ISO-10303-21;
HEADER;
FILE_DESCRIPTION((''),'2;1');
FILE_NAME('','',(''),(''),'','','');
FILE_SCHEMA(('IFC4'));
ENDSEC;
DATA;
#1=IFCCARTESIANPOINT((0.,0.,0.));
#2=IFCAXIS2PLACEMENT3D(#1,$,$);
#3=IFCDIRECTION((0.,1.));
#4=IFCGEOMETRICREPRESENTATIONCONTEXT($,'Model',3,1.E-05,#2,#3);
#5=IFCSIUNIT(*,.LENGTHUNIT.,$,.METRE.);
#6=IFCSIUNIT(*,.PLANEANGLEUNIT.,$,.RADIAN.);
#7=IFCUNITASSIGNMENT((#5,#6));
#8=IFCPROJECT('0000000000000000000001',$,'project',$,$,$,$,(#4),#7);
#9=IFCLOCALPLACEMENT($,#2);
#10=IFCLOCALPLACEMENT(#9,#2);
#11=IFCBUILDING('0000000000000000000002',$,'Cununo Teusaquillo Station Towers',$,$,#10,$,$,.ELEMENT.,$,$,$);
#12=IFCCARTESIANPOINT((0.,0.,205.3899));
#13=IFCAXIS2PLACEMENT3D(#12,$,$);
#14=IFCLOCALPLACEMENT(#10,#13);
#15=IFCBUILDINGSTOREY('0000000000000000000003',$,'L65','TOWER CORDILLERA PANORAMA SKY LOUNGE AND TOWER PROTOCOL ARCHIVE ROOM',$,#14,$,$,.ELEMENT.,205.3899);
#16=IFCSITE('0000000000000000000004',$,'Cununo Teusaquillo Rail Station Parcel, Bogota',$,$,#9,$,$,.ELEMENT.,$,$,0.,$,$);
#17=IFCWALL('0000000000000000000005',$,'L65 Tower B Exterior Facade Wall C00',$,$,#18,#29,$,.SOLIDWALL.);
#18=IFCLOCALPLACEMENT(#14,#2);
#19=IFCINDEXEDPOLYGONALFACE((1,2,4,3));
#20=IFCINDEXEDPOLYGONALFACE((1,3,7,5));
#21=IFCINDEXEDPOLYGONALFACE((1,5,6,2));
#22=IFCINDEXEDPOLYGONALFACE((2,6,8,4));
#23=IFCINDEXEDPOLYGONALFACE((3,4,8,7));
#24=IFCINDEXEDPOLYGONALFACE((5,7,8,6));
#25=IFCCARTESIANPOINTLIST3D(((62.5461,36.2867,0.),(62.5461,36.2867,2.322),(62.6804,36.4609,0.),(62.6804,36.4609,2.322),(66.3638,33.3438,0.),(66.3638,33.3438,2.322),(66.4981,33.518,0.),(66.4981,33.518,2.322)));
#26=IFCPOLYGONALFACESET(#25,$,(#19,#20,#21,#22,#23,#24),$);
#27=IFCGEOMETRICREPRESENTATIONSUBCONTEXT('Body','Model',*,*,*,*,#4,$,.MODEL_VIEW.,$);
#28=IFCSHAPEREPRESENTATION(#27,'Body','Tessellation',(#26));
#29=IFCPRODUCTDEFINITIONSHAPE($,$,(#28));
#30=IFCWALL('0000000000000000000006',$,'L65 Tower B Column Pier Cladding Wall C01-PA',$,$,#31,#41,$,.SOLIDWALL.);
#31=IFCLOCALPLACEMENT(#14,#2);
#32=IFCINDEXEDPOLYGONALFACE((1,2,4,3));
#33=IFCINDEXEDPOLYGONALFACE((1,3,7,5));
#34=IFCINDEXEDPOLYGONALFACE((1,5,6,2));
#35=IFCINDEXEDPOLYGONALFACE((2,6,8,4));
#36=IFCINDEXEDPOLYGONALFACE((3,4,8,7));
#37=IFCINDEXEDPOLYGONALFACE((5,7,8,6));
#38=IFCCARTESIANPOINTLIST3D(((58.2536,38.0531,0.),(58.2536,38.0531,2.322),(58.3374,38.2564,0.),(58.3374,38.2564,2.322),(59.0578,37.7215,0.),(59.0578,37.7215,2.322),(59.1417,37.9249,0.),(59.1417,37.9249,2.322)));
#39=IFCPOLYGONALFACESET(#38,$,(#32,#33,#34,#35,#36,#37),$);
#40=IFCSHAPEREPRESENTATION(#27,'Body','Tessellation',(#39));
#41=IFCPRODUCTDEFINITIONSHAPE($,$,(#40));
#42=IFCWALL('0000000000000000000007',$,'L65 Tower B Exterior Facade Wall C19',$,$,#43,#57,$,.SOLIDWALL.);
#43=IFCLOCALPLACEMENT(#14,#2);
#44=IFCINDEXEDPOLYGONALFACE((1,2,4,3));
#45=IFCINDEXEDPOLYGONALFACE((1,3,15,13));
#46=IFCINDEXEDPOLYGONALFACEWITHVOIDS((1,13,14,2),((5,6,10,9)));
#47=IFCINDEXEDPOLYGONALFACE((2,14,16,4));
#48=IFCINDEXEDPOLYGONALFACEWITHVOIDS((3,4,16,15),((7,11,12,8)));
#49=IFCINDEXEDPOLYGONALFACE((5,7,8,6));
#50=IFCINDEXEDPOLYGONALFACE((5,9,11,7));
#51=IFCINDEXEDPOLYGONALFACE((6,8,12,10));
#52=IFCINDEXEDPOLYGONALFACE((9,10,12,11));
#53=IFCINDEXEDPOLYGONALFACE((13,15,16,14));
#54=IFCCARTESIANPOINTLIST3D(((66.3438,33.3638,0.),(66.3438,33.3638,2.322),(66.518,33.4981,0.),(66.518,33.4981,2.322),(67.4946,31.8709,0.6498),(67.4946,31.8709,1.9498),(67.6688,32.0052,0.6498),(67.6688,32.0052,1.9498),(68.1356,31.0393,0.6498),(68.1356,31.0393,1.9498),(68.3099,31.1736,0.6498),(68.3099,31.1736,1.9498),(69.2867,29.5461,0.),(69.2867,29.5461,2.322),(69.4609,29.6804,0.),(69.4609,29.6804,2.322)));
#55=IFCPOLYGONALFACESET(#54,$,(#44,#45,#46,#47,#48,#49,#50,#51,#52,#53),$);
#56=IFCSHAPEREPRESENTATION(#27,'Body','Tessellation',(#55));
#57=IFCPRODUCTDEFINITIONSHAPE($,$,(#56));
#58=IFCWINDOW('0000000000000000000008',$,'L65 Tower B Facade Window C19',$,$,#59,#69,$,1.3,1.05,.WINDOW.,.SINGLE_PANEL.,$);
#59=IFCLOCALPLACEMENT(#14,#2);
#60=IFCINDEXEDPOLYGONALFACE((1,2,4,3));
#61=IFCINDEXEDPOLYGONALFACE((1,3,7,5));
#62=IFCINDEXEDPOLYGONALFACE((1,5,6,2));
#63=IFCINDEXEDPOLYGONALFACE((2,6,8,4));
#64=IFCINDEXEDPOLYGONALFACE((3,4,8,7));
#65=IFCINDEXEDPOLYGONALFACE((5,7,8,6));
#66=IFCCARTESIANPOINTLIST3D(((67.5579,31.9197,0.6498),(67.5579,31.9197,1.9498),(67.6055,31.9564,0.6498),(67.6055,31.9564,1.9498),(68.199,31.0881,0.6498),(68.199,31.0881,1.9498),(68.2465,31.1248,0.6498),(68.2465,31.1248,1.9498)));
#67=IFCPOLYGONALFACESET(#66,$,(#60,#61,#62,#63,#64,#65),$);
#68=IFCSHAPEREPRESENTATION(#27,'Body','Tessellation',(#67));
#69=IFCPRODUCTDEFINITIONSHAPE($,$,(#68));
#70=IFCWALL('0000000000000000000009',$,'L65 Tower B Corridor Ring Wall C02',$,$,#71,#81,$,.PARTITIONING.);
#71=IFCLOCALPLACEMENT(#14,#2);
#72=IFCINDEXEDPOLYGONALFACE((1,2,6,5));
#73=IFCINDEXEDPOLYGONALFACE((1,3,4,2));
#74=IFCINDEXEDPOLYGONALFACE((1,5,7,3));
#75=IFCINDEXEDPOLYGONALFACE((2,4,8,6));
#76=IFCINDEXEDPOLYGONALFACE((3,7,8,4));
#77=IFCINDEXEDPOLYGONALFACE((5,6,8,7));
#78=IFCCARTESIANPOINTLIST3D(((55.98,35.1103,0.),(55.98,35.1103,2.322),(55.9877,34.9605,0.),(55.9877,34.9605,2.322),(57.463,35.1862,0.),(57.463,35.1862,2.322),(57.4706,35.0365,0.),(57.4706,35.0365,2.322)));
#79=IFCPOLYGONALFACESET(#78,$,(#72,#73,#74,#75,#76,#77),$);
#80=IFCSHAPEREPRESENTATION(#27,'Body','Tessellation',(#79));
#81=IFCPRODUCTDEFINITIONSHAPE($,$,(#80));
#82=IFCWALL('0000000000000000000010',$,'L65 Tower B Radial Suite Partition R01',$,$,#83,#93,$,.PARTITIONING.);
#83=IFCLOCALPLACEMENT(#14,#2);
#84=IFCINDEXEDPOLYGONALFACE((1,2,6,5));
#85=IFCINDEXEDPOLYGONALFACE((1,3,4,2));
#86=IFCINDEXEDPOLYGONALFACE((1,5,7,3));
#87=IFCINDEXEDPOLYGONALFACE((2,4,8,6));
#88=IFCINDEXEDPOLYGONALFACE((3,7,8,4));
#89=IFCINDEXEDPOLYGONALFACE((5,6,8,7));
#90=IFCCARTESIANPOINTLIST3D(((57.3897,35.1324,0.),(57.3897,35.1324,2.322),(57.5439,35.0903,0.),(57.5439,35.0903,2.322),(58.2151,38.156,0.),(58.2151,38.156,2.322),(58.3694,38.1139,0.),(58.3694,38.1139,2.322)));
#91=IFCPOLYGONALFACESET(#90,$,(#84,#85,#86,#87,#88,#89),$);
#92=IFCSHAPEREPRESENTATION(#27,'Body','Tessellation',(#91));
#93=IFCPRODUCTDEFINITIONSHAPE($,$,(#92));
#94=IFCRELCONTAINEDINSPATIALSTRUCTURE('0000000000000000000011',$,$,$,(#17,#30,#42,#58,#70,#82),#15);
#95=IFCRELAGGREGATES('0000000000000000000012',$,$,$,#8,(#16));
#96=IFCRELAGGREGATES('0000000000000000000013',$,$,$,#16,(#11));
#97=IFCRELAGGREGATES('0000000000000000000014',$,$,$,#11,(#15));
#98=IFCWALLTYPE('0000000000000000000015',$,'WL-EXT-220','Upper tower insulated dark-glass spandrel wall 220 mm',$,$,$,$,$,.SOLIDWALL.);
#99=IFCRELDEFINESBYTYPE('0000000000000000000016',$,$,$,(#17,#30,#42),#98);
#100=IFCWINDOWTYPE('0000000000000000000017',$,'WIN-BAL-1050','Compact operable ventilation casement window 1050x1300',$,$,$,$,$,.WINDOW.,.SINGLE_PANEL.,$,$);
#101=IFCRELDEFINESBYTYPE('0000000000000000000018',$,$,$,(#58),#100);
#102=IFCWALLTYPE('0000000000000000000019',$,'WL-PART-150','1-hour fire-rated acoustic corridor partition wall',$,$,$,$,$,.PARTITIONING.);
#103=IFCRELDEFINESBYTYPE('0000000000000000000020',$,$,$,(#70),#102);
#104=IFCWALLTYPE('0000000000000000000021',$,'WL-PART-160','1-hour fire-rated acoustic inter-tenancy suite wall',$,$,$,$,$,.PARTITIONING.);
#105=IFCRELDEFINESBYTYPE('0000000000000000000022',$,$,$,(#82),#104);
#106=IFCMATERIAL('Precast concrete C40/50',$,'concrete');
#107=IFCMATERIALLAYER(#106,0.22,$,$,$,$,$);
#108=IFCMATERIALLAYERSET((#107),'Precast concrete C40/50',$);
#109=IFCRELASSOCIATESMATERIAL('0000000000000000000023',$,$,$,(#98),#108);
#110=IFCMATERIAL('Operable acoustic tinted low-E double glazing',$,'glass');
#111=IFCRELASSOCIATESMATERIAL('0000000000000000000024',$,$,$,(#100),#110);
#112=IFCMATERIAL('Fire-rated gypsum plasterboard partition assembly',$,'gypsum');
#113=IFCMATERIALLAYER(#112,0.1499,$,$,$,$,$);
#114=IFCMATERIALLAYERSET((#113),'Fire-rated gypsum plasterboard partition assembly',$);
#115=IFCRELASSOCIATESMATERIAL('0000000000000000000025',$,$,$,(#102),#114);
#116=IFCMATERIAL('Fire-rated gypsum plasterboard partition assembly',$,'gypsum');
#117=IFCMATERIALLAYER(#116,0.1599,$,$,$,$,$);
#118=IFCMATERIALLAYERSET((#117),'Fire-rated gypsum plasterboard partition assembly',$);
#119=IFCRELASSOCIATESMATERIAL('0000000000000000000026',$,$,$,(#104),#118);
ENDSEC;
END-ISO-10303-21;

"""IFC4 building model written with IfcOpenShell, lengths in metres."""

from ifc_helpers import new_model, si_unit, direction, frame, frame_2d, origin, place, context, subcontext, project, spatial, rectangle, extrude, source, transform, mapped, material, layer, layer_set, type_object, element, fill, save


model = new_model("IFC4")

# Units and contexts
model_context = context("Model", 3, precision=1e-05, world=origin(), true_north=direction((0.0, 1.0)))
body_context = subcontext(model_context, "Body", "Model", "MODEL_VIEW")
ifc_project = project(units=[si_unit("LENGTHUNIT", "METRE"), si_unit("PLANEANGLEUNIT", "RADIAN")], contexts=[model_context])

# Site, building, storey
site_placement = place(None, origin())
site = spatial("IfcSite", under=ifc_project, at=site_placement, Name="Cununo Teusaquillo Rail Station Parcel, Bogota", CompositionType="ELEMENT", RefElevation=0.0)
building_placement = place(site_placement, origin())
building = spatial("IfcBuilding", under=site, at=building_placement, Name="Cununo Teusaquillo Station Towers", CompositionType="ELEMENT")
storey_placement = place(building_placement, frame((0.0, 0.0, 205.3899)))
storey = spatial("IfcBuildingStorey", under=building, at=storey_placement, Name="L65", Description="TOWER CORDILLERA PANORAMA SKY LOUNGE AND TOWER PROTOCOL ARCHIVE ROOM", CompositionType="ELEMENT", Elevation=205.3899)

# Walls
ifc_material_1 = material(Name="Precast concrete C40/50", Category="concrete")
ifc_layer_1 = layer(ifc_material_1, 0.22)
ifc_layer_set_1 = layer_set([ifc_layer_1], Name="Precast concrete C40/50")
wall_type_1 = type_object("IfcWallType", Name="WL-EXT-220", Description="Upper tower insulated dark-glass spandrel wall 220 mm", PredefinedType="SOLIDWALL", material=ifc_layer_set_1)
wall_1_placement = place(storey_placement, frame((62.6133, 36.3738, 0.0), z_axis=(0.0, 0.0, 1.0), x_axis=(0.791998, -0.610523, 0.0)))
element("IfcWall", 1, at=wall_1_placement, inside=storey, type_object=wall_type_1, Name="L65 Tower B Exterior Facade Wall C00", PredefinedType="SOLIDWALL", context=body_context, shape_type="SweptSolid", body=[
    extrude(rectangle(XDim=4.8203, YDim=0.22, at=frame_2d((2.4102, 0.0))), origin(), (0.0, 0.0, 1.0), 2.322),
])
wall_2_placement = place(storey_placement, frame((58.2954, 38.1548, 0.0), z_axis=(0.0, 0.0, 1.0), x_axis=(0.924515, -0.381145, 0.0)))
element("IfcWall", 2, at=wall_2_placement, inside=storey, type_object=wall_type_1, Name="L65 Tower B Column Pier Cladding Wall C01-PA", PredefinedType="SOLIDWALL", context=body_context, shape_type="SweptSolid", body=[
    extrude(rectangle(XDim=0.8699, YDim=0.22, at=frame_2d((0.4351, 0.0))), origin(), (0.0, 0.0, 1.0), 2.322),
])

# Wall, opening, window
wall_3_placement = place(storey_placement, frame((66.4309, 33.4309, 0.0), z_axis=(0.0, 0.0, 1.0), x_axis=(0.610523, -0.791998, 0.0)))
wall_3 = element("IfcWall", 3, at=wall_3_placement, inside=storey, type_object=wall_type_1, Name="L65 Tower B Exterior Facade Wall C19", PredefinedType="SOLIDWALL", context=body_context, shape_type="SweptSolid", body=[
    extrude(rectangle(XDim=4.8203, YDim=0.22, at=frame_2d((2.4102, 0.0))), origin(), (0.0, 0.0, 1.0), 2.322),
])
shared_shape_1 = source(origin(), body_context, "Body", "SweptSolid", [
    extrude(rectangle(XDim=1.05, YDim=1.3, at=frame_2d((0.5249, 0.6499))), frame((0.0, 0.1199, 0.0), z_axis=(0.0, -1.0, 0.0), x_axis=(1.0, 0.0, 0.0)), (0.0, 0.0, 1.0), 0.24),
])
opening_placement = place(wall_3_placement, frame((1.885, 0.0, 0.6499)))
opening = element("IfcOpeningElement", 4, at=opening_placement, cuts=wall_3, PredefinedType="OPENING", context=body_context, shape_type="MappedRepresentation", body=[
    mapped(shared_shape_1, transform((0.0, 0.0, 0.0), x_axis=(1.0, 0.0, 0.0), y_axis=(0.0, 1.0, 0.0), z_axis=(0.0, 0.0, 1.0), scale=1.0)),
])
ifc_material_2 = material(Name="Operable acoustic tinted low-E double glazing", Category="glass")
window_type = type_object("IfcWindowType", Name="WIN-BAL-1050", Description="Compact operable ventilation casement window 1050x1300", PartitioningType="SINGLE_PANEL", PredefinedType="WINDOW", material=ifc_material_2)
shared_shape_2 = source(origin(), body_context, "Body", "SweptSolid", [
    extrude(rectangle(XDim=1.05, YDim=1.3, at=frame_2d((0.5249, 0.6499))), frame((0.0, 0.03, 0.0), z_axis=(0.0, -1.0, 0.0), x_axis=(1.0, 0.0, 0.0)), (0.0, 0.0, 1.0), 0.0601),
])
window_placement = place(opening_placement, origin())
window = element("IfcWindow", 5, at=window_placement, inside=storey, type_object=window_type, Name="L65 Tower B Facade Window C19", OverallHeight=1.3, OverallWidth=1.05, PartitioningType="SINGLE_PANEL", PredefinedType="WINDOW", context=body_context, shape_type="MappedRepresentation", body=[
    mapped(shared_shape_2, transform((0.0, 0.0, 0.0), x_axis=(1.0, 0.0, 0.0), y_axis=(0.0, 1.0, 0.0), z_axis=(0.0, 0.0, 1.0), scale=1.0)),
])
fill(opening, window)

# Walls
ifc_material_3 = material(Name="Fire-rated gypsum plasterboard partition assembly", Category="gypsum")
ifc_layer_2 = layer(ifc_material_3, 0.1499)
ifc_layer_set_2 = layer_set([ifc_layer_2], Name="Fire-rated gypsum plasterboard partition assembly")
wall_type_2 = type_object("IfcWallType", Name="WL-PART-150", Description="1-hour fire-rated acoustic corridor partition wall", PredefinedType="PARTITIONING", material=ifc_layer_set_2)
wall_4_placement = place(storey_placement, frame((57.4668, 35.1113, 0.0), z_axis=(0.0, 0.0, 1.0), x_axis=(-0.998692, -0.051135, 0.0)))
element("IfcWall", 6, at=wall_4_placement, inside=storey, type_object=wall_type_2, Name="L65 Tower B Corridor Ring Wall C02", PredefinedType="PARTITIONING", context=body_context, shape_type="SweptSolid", body=[
    extrude(rectangle(XDim=1.4849, YDim=0.1499, at=frame_2d((0.7424, 0.0))), origin(), (0.0, 0.0, 1.0), 2.322),
])
ifc_material_4 = material(Name="Fire-rated gypsum plasterboard partition assembly", Category="gypsum")
ifc_layer_3 = layer(ifc_material_4, 0.1599)
ifc_layer_set_3 = layer_set([ifc_layer_3], Name="Fire-rated gypsum plasterboard partition assembly")
wall_type_3 = type_object("IfcWallType", Name="WL-PART-160", Description="1-hour fire-rated acoustic inter-tenancy suite wall", PredefinedType="PARTITIONING", material=ifc_layer_set_3)
wall_5_placement = place(storey_placement, frame((57.4668, 35.1113, 0.0), z_axis=(0.0, 0.0, 1.0), x_axis=(0.263355, 0.964699, 0.0)))
element("IfcWall", 7, at=wall_5_placement, inside=storey, type_object=wall_type_3, Name="L65 Tower B Radial Suite Partition R01", PredefinedType="PARTITIONING", context=body_context, shape_type="SweptSolid", body=[
    extrude(rectangle(XDim=3.1343, YDim=0.1599, at=frame_2d((1.5671, 0.0))), origin(), (0.0, 0.0, 1.0), 2.322),
])

save(model, "model.ifc")
